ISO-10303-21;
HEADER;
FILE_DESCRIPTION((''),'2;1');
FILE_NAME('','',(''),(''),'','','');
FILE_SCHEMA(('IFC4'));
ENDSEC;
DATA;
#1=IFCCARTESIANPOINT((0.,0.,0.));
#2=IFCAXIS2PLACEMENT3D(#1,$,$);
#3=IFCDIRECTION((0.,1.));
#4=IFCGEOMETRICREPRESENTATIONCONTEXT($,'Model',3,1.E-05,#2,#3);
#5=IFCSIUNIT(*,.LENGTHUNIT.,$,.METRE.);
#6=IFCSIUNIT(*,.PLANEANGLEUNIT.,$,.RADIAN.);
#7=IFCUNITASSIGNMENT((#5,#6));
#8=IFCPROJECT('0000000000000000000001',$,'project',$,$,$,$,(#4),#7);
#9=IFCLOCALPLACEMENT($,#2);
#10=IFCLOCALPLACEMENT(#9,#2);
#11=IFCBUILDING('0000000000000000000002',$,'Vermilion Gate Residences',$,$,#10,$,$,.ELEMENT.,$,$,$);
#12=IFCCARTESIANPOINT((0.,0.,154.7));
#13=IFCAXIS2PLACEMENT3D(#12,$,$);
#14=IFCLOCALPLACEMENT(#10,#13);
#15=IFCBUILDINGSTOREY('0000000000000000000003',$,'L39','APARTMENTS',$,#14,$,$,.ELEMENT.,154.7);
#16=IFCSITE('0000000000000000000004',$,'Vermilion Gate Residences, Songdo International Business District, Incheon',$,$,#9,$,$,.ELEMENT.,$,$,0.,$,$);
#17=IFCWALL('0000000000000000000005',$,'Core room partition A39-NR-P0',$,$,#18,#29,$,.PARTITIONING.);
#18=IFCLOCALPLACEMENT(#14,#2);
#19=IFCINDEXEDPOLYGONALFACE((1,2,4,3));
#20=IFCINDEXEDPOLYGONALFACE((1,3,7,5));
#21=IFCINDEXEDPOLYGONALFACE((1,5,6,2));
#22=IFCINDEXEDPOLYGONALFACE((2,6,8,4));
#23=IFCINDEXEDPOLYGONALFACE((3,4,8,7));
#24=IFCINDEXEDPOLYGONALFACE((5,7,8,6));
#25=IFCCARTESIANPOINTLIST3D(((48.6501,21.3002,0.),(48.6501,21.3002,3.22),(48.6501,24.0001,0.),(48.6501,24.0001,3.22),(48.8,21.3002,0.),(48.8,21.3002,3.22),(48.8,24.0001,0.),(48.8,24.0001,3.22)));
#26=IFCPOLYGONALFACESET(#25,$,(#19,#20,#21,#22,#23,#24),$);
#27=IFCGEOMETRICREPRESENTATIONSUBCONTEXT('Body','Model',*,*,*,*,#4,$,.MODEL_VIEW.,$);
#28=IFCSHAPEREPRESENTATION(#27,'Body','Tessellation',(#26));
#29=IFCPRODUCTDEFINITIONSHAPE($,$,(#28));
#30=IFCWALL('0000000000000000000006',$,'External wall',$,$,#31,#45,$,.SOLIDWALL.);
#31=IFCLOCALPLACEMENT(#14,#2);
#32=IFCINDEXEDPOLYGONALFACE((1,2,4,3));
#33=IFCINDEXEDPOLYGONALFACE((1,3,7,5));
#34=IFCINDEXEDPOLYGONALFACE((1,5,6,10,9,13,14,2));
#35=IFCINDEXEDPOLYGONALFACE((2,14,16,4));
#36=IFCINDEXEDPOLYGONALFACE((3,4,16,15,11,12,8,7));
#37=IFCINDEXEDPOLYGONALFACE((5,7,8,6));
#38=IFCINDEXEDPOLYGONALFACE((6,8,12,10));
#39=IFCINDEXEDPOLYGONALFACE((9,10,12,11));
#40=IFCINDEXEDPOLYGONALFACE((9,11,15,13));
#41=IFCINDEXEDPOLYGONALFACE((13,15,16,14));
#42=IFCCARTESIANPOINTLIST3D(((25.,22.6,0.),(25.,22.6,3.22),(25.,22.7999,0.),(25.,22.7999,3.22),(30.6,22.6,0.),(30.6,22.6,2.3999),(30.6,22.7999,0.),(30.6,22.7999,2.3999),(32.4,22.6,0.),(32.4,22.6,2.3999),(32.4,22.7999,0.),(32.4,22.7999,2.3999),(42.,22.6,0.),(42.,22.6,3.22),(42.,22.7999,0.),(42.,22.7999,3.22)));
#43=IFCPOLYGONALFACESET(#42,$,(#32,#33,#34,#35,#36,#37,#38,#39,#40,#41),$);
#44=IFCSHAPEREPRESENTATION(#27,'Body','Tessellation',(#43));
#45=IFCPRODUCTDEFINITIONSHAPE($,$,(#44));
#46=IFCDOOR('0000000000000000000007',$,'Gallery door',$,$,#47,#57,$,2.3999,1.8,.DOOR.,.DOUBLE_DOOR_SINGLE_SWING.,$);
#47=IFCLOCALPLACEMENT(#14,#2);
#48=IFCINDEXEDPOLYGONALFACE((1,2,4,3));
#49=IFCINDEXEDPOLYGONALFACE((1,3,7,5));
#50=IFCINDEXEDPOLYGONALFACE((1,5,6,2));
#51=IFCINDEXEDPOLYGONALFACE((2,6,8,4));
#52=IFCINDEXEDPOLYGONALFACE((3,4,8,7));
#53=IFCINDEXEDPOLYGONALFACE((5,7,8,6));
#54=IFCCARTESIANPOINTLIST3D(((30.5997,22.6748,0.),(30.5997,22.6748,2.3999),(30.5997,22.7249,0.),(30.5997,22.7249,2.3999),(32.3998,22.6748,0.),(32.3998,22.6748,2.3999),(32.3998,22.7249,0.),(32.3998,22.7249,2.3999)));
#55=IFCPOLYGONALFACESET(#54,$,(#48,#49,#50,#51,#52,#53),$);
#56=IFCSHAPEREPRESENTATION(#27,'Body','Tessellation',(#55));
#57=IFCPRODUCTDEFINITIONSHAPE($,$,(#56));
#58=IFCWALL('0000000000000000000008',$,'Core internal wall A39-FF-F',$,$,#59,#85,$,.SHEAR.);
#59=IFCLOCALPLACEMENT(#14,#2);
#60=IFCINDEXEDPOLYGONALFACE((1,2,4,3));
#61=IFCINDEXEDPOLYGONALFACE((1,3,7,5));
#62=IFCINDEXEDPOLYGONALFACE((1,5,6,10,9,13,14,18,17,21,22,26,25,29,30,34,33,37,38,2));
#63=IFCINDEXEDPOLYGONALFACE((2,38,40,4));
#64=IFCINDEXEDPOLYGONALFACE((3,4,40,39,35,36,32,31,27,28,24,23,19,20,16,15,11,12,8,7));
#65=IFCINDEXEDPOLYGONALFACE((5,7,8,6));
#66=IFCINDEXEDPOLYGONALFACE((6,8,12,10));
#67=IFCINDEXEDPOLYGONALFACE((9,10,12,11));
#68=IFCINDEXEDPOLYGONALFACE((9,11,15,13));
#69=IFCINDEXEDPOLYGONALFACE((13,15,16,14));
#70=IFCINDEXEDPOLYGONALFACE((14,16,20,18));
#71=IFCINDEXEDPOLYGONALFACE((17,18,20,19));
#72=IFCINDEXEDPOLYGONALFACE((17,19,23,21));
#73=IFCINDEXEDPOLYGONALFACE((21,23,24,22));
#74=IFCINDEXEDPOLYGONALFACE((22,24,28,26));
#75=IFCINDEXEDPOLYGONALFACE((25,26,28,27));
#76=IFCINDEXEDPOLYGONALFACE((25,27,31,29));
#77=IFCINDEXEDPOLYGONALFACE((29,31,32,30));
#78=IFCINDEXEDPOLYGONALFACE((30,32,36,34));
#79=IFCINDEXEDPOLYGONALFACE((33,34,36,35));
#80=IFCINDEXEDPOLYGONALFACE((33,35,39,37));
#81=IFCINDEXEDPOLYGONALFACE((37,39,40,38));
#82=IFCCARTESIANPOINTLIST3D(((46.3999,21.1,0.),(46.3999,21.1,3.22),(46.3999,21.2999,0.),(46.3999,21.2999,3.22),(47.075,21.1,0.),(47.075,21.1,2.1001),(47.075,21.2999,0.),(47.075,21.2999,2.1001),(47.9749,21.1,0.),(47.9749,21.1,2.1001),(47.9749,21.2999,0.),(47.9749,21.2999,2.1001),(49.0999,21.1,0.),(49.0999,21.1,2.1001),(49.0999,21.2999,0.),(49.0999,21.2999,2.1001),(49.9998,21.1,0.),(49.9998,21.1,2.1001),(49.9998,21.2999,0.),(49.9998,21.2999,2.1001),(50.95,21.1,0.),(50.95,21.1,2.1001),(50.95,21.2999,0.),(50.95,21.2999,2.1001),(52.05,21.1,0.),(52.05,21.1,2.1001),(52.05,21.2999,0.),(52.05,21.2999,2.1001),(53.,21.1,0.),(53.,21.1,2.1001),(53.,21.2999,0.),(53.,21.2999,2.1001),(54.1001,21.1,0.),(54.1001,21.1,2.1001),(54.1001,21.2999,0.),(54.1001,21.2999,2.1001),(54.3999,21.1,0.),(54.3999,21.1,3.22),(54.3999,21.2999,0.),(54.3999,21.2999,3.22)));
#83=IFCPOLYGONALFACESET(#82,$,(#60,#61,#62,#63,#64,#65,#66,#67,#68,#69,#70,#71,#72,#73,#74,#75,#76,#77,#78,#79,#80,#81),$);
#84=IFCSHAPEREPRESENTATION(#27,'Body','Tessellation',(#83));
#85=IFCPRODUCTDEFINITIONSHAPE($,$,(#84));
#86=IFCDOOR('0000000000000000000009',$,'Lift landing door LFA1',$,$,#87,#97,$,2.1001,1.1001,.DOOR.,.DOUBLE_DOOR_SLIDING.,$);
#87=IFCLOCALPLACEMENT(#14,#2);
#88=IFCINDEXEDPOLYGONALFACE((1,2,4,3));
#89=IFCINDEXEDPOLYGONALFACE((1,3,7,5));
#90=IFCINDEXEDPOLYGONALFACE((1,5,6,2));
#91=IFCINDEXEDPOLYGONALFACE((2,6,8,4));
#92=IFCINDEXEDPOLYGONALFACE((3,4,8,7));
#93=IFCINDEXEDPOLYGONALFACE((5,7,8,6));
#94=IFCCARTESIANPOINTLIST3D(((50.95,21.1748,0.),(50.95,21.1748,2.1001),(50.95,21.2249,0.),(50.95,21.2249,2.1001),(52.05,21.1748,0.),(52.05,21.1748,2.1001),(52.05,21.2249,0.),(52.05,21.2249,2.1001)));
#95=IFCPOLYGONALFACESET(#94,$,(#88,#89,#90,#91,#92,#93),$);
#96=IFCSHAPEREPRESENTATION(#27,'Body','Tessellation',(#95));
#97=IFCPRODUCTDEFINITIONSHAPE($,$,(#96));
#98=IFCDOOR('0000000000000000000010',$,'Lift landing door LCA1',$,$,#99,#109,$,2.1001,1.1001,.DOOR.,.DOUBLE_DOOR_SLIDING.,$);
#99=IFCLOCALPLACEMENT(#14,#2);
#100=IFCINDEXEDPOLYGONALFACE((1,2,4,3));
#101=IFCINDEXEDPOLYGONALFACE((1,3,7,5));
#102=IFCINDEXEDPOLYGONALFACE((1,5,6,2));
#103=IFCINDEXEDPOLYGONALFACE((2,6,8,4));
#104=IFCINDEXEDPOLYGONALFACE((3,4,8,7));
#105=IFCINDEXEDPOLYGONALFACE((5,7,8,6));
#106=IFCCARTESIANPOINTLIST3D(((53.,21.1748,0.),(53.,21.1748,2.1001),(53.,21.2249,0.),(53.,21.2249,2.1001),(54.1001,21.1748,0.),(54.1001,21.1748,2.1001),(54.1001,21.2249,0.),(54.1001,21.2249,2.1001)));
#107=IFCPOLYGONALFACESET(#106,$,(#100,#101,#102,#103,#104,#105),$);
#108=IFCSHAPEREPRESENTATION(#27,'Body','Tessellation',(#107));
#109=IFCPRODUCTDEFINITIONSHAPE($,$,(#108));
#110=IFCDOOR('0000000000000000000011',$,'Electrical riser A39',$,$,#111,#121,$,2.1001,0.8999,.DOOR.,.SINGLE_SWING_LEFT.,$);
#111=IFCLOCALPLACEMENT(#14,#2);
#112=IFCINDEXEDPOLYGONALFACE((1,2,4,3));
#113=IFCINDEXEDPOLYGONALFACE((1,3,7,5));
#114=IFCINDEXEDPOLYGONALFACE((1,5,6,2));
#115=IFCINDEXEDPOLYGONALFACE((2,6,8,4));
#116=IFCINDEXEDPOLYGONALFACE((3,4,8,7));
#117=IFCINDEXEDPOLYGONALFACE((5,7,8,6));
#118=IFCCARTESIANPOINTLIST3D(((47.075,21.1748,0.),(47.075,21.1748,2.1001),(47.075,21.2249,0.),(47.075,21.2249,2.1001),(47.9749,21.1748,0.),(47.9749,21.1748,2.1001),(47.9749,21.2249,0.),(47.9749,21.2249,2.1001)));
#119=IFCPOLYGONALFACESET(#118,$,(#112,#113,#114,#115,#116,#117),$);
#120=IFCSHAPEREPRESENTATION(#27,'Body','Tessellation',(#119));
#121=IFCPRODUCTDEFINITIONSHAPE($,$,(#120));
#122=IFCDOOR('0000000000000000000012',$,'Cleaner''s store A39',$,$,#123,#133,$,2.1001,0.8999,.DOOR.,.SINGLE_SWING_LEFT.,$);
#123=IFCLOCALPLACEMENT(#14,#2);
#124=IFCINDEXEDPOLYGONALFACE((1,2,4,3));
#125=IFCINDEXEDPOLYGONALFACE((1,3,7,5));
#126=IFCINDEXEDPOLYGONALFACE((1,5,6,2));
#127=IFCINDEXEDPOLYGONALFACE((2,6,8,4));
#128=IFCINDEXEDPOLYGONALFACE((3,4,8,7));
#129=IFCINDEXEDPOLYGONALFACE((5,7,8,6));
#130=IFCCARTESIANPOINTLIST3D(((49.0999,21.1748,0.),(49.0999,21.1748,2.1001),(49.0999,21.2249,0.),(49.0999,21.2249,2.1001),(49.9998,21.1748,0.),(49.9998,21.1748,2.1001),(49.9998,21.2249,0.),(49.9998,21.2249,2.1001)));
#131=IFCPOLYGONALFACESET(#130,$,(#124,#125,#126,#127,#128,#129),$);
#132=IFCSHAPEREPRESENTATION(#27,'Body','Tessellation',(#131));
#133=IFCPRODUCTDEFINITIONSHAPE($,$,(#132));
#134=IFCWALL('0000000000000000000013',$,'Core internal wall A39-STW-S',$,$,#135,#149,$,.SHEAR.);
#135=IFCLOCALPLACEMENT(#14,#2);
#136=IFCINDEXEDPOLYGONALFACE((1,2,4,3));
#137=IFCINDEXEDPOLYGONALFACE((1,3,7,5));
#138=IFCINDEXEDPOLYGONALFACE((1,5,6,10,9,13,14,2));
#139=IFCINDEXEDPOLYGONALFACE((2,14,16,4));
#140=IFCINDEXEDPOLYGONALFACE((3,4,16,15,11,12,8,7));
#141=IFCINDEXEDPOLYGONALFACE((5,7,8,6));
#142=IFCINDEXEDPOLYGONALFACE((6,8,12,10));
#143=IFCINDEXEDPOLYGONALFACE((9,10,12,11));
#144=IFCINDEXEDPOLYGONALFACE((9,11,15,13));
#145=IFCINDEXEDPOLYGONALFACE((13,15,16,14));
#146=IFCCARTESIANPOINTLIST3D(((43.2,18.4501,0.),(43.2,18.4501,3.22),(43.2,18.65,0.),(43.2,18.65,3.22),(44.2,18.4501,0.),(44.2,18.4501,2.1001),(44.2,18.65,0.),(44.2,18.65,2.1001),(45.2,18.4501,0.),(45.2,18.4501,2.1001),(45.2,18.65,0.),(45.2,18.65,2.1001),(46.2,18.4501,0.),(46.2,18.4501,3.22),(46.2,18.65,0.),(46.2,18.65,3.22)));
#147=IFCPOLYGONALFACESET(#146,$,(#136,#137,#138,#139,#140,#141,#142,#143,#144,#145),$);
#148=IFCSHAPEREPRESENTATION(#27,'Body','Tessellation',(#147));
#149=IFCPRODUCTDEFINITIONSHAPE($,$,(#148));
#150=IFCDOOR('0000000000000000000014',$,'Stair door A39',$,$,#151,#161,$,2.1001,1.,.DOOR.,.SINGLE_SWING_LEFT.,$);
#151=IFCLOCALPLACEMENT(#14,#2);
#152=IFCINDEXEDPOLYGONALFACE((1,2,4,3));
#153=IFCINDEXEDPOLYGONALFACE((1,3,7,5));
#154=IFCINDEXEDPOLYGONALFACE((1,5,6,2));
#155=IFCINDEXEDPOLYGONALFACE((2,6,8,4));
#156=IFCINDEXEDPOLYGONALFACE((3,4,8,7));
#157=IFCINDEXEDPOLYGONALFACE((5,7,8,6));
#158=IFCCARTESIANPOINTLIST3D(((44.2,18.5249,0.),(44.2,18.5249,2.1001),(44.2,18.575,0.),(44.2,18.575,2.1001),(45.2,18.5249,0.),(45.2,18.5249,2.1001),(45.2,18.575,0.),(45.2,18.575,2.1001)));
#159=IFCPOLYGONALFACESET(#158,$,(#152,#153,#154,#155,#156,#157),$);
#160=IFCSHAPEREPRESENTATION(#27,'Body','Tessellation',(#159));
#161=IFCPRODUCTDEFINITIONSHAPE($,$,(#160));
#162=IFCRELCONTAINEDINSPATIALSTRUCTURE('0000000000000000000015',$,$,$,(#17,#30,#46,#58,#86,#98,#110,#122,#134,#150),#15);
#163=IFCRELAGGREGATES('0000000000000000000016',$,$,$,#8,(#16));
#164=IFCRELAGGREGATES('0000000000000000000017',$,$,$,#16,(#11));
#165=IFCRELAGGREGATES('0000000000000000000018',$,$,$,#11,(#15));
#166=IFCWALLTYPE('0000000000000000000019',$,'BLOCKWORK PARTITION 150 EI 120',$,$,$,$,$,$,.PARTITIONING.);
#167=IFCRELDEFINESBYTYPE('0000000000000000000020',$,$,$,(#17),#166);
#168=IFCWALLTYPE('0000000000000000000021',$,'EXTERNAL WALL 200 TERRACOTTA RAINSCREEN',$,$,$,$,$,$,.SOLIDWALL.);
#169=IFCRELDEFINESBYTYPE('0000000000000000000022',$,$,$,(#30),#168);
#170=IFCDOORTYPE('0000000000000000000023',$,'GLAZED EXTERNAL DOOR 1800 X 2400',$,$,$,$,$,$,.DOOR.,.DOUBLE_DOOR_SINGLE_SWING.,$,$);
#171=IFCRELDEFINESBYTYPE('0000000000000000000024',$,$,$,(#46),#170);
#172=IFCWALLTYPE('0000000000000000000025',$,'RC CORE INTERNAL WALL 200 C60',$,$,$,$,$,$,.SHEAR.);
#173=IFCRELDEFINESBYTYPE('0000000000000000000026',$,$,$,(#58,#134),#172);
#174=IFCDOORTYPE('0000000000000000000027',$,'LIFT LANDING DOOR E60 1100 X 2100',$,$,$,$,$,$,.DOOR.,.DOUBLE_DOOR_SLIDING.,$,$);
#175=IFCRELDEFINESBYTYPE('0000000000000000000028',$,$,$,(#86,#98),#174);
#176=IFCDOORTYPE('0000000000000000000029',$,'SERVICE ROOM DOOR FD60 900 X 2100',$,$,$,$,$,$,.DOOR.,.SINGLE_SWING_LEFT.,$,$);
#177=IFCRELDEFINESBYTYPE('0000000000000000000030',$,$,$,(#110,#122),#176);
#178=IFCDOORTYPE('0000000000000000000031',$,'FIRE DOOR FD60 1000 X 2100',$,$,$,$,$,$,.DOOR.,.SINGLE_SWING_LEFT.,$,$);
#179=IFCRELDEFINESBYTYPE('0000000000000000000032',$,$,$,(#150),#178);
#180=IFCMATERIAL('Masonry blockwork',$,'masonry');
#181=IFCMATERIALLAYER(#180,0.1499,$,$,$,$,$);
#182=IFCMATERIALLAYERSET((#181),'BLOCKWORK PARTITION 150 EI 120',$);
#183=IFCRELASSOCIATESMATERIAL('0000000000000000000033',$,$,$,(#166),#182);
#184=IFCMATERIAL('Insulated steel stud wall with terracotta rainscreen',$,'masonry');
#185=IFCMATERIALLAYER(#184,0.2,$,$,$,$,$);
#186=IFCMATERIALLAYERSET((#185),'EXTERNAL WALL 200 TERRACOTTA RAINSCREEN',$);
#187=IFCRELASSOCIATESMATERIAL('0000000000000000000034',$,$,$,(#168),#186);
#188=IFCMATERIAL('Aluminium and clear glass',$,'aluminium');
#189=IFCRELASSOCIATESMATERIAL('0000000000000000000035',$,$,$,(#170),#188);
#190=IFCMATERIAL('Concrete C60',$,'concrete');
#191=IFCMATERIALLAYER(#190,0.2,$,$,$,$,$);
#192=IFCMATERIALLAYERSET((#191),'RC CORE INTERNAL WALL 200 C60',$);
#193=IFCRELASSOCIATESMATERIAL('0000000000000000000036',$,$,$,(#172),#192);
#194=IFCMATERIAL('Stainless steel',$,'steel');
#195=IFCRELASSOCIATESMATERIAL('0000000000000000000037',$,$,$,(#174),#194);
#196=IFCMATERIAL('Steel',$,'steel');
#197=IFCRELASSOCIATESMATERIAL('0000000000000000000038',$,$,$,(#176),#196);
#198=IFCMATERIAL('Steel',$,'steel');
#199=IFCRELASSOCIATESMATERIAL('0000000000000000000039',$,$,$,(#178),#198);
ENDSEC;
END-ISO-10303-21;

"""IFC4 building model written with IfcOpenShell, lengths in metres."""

from ifc_helpers import new_model, si_unit, direction, frame, frame_2d, origin, place, context, subcontext, project, spatial, rectangle, extrude, material, layer, layer_set, type_object, element, fill, save


model = new_model("IFC4")

# Units and contexts
model_context = context("Model", 3, precision=1e-05, world=origin(), true_north=direction((0.0, 1.0)))
body_context = subcontext(model_context, "Body", "Model", "MODEL_VIEW")
ifc_project = project(units=[si_unit("LENGTHUNIT", "METRE"), si_unit("PLANEANGLEUNIT", "RADIAN")], contexts=[model_context])

# Site, building, storey
site_placement = place(None, origin())
site = spatial("IfcSite", under=ifc_project, at=site_placement, Name="Vermilion Gate Residences, Songdo International Business District, Incheon", CompositionType="ELEMENT", RefElevation=0.0)
building_placement = place(site_placement, origin())
building = spatial("IfcBuilding", under=site, at=building_placement, Name="Vermilion Gate Residences", CompositionType="ELEMENT")
storey_placement = place(building_placement, frame((0.0, 0.0, 154.7)))
storey = spatial("IfcBuildingStorey", under=building, at=storey_placement, Name="L39", Description="APARTMENTS", CompositionType="ELEMENT", Elevation=154.7)

# Wall
ifc_material_1 = material(Name="Masonry blockwork", Category="masonry")
ifc_layer_1 = layer(ifc_material_1, 0.1499)
ifc_layer_set_1 = layer_set([ifc_layer_1], Name="BLOCKWORK PARTITION 150 EI 120")
wall_type_1 = type_object("IfcWallType", Name="BLOCKWORK PARTITION 150 EI 120", PredefinedType="PARTITIONING", material=ifc_layer_set_1)
wall_1_placement = place(storey_placement, frame((48.7251, 21.3, 0.0), z_axis=(0.0, 0.0, 1.0), x_axis=(0.0, 1.0, 0.0)))
element("IfcWall", 1, at=wall_1_placement, inside=storey, type_object=wall_type_1, Name="Core room partition A39-NR-P0", PredefinedType="PARTITIONING", context=body_context, shape_type="SweptSolid", body=[
    extrude(rectangle(XDim=2.7, YDim=0.1499, at=frame_2d((1.3501, 0.0))), origin(), (0.0, 0.0, 1.0), 3.22),
])

# Wall, opening, door
ifc_material_2 = material(Name="Insulated steel stud wall with terracotta rainscreen", Category="masonry")
ifc_layer_2 = layer(ifc_material_2, 0.2)
ifc_layer_set_2 = layer_set([ifc_layer_2], Name="EXTERNAL WALL 200 TERRACOTTA RAINSCREEN")
wall_type_2 = type_object("IfcWallType", Name="EXTERNAL WALL 200 TERRACOTTA RAINSCREEN", PredefinedType="SOLIDWALL", material=ifc_layer_set_2)
wall_2_placement = place(storey_placement, frame((42.0, 22.7, 0.0), z_axis=(0.0, 0.0, 1.0), x_axis=(-1.0, 0.0, 0.0)))
wall_2 = element("IfcWall", 2, at=wall_2_placement, inside=storey, type_object=wall_type_2, Name="External wall", PredefinedType="SOLIDWALL", context=body_context, shape_type="SweptSolid", body=[
    extrude(rectangle(XDim=17.0, YDim=0.2, at=frame_2d((8.5, 0.0))), origin(), (0.0, 0.0, 1.0), 3.22),
])
opening_1_placement = place(wall_2_placement, frame((9.6001, 0.0, 0.0)))
opening_1 = element("IfcOpeningElement", 3, at=opening_1_placement, cuts=wall_2, PredefinedType="OPENING", context=body_context, shape_type="SweptSolid", body=[
    extrude(rectangle(XDim=1.8, YDim=2.3999, at=frame_2d((0.8999, 1.2))), frame((0.0, 0.1099, 0.0), z_axis=(0.0, -1.0, 0.0), x_axis=(1.0, 0.0, 0.0)), (0.0, 0.0, 1.0), 0.22),
])
ifc_material_3 = material(Name="Aluminium and clear glass", Category="aluminium")
door_type_1 = type_object("IfcDoorType", Name="GLAZED EXTERNAL DOOR 1800 X 2400", OperationType="DOUBLE_DOOR_SINGLE_SWING", PredefinedType="DOOR", material=ifc_material_3)
door_1_placement = place(opening_1_placement, frame((1.8, 0.0, 0.0), z_axis=(0.0, 0.0, 1.0), x_axis=(-1.0, 0.0, 0.0)))
door_1 = element("IfcDoor", 4, at=door_1_placement, inside=storey, type_object=door_type_1, Name="Gallery door", OperationType="DOUBLE_DOOR_SINGLE_SWING", OverallHeight=2.3999, OverallWidth=1.8, PredefinedType="DOOR", context=body_context, shape_type="SweptSolid", body=[
    extrude(rectangle(XDim=1.8, YDim=2.3999, at=frame_2d((0.8999, 1.2))), frame((0.0, 0.0249, 0.0), z_axis=(0.0, -1.0, 0.0), x_axis=(1.0, 0.0, 0.0)), (0.0, 0.0, 1.0), 0.05),
])
fill(opening_1, door_1)

# Wall, openings, doors
ifc_material_4 = material(Name="Concrete C60", Category="concrete")
ifc_layer_3 = layer(ifc_material_4, 0.2)
ifc_layer_set_3 = layer_set([ifc_layer_3], Name="RC CORE INTERNAL WALL 200 C60")
wall_type_3 = type_object("IfcWallType", Name="RC CORE INTERNAL WALL 200 C60", PredefinedType="SHEAR", material=ifc_layer_set_3)
wall_3_placement = place(storey_placement, frame((46.3999, 21.2, 0.0), z_axis=(0.0, 0.0, 1.0), x_axis=(1.0, 0.0, 0.0)))
wall_3 = element("IfcWall", 5, at=wall_3_placement, inside=storey, type_object=wall_type_3, Name="Core internal wall A39-FF-F", PredefinedType="SHEAR", context=body_context, shape_type="SweptSolid", body=[
    extrude(rectangle(XDim=8.0, YDim=0.2, at=frame_2d((4.0, 0.0))), origin(), (0.0, 0.0, 1.0), 3.22),
])
opening_2_placement = place(wall_3_placement, frame((0.675, 0.0, 0.0)))
opening_2 = element("IfcOpeningElement", 6, at=opening_2_placement, cuts=wall_3, PredefinedType="OPENING", context=body_context, shape_type="SweptSolid", body=[
    extrude(rectangle(XDim=0.8999, YDim=2.1001, at=frame_2d((0.45, 1.05))), frame((0.0, 0.1099, 0.0), z_axis=(0.0, -1.0, 0.0), x_axis=(1.0, 0.0, 0.0)), (0.0, 0.0, 1.0), 0.22),
])
opening_3_placement = place(wall_3_placement, frame((2.7, 0.0, 0.0)))
opening_3 = element("IfcOpeningElement", 7, at=opening_3_placement, cuts=wall_3, PredefinedType="OPENING", context=body_context, shape_type="SweptSolid", body=[
    extrude(rectangle(XDim=0.8999, YDim=2.1001, at=frame_2d((0.45, 1.05))), frame((0.0, 0.1099, 0.0), z_axis=(0.0, -1.0, 0.0), x_axis=(1.0, 0.0, 0.0)), (0.0, 0.0, 1.0), 0.22),
])
opening_4_placement = place(wall_3_placement, frame((4.55, 0.0, 0.0)))
opening_4 = element("IfcOpeningElement", 8, at=opening_4_placement, cuts=wall_3, PredefinedType="OPENING", context=body_context, shape_type="SweptSolid", body=[
    extrude(rectangle(XDim=1.1001, YDim=2.1001, at=frame_2d((0.55, 1.05))), frame((0.0, 0.1099, 0.0), z_axis=(0.0, -1.0, 0.0), x_axis=(1.0, 0.0, 0.0)), (0.0, 0.0, 1.0), 0.22),
])
opening_5_placement = place(wall_3_placement, frame((6.6001, 0.0, 0.0)))
opening_5 = element("IfcOpeningElement", 9, at=opening_5_placement, cuts=wall_3, PredefinedType="OPENING", context=body_context, shape_type="SweptSolid", body=[
    extrude(rectangle(XDim=1.1001, YDim=2.1001, at=frame_2d((0.55, 1.05))), frame((0.0, 0.1099, 0.0), z_axis=(0.0, -1.0, 0.0), x_axis=(1.0, 0.0, 0.0)), (0.0, 0.0, 1.0), 0.22),
])
ifc_material_5 = material(Name="Stainless steel", Category="steel")
door_type_2 = type_object("IfcDoorType", Name="LIFT LANDING DOOR E60 1100 X 2100", OperationType="DOUBLE_DOOR_SLIDING", PredefinedType="DOOR", material=ifc_material_5)
door_2_placement = place(opening_4_placement, origin())
door_2 = element("IfcDoor", 10, at=door_2_placement, inside=storey, type_object=door_type_2, Name="Lift landing door LFA1", OperationType="DOUBLE_DOOR_SLIDING", OverallHeight=2.1001, OverallWidth=1.1001, PredefinedType="DOOR", context=body_context, shape_type="SweptSolid", body=[
    extrude(rectangle(XDim=1.1001, YDim=2.1001, at=frame_2d((0.55, 1.05))), frame((0.0, 0.0249, 0.0), z_axis=(0.0, -1.0, 0.0), x_axis=(1.0, 0.0, 0.0)), (0.0, 0.0, 1.0), 0.05),
])
fill(opening_4, door_2)
door_3_placement = place(opening_5_placement, origin())
door_3 = element("IfcDoor", 11, at=door_3_placement, inside=storey, type_object=door_type_2, Name="Lift landing door LCA1", OperationType="DOUBLE_DOOR_SLIDING", OverallHeight=2.1001, OverallWidth=1.1001, PredefinedType="DOOR", context=body_context, shape_type="SweptSolid", body=[
    extrude(rectangle(XDim=1.1001, YDim=2.1001, at=frame_2d((0.55, 1.05))), frame((0.0, 0.0249, 0.0), z_axis=(0.0, -1.0, 0.0), x_axis=(1.0, 0.0, 0.0)), (0.0, 0.0, 1.0), 0.05),
])
fill(opening_5, door_3)
ifc_material_6 = material(Name="Steel", Category="steel")
door_type_3 = type_object("IfcDoorType", Name="SERVICE ROOM DOOR FD60 900 X 2100", OperationType="SINGLE_SWING_LEFT", PredefinedType="DOOR", material=ifc_material_6)
door_4_placement = place(opening_2_placement, origin())
door_4 = element("IfcDoor", 12, at=door_4_placement, inside=storey, type_object=door_type_3, Name="Electrical riser A39", OperationType="SINGLE_SWING_LEFT", OverallHeight=2.1001, OverallWidth=0.8999, PredefinedType="DOOR", context=body_context, shape_type="SweptSolid", body=[
    extrude(rectangle(XDim=0.8999, YDim=2.1001, at=frame_2d((0.45, 1.05))), frame((0.0, 0.0249, 0.0), z_axis=(0.0, -1.0, 0.0), x_axis=(1.0, 0.0, 0.0)), (0.0, 0.0, 1.0), 0.05),
])
fill(opening_2, door_4)
door_5_placement = place(opening_3_placement, origin())
door_5 = element("IfcDoor", 13, at=door_5_placement, inside=storey, type_object=door_type_3, Name="Cleaner's store A39", OperationType="SINGLE_SWING_LEFT", OverallHeight=2.1001, OverallWidth=0.8999, PredefinedType="DOOR", context=body_context, shape_type="SweptSolid", body=[
    extrude(rectangle(XDim=0.8999, YDim=2.1001, at=frame_2d((0.45, 1.05))), frame((0.0, 0.0249, 0.0), z_axis=(0.0, -1.0, 0.0), x_axis=(1.0, 0.0, 0.0)), (0.0, 0.0, 1.0), 0.05),
])
fill(opening_3, door_5)

# Wall, opening, door
wall_4_placement = place(storey_placement, frame((43.2, 18.55, 0.0), z_axis=(0.0, 0.0, 1.0), x_axis=(1.0, 0.0, 0.0)))
wall_4 = element("IfcWall", 14, at=wall_4_placement, inside=storey, type_object=wall_type_3, Name="Core internal wall A39-STW-S", PredefinedType="SHEAR", context=body_context, shape_type="SweptSolid", body=[
    extrude(rectangle(XDim=3.0, YDim=0.2, at=frame_2d((1.5, 0.0))), origin(), (0.0, 0.0, 1.0), 3.22),
])
opening_6_placement = place(wall_4_placement, frame((1.0, 0.0, 0.0)))
opening_6 = element("IfcOpeningElement", 15, at=opening_6_placement, cuts=wall_4, PredefinedType="OPENING", context=body_context, shape_type="SweptSolid", body=[
    extrude(rectangle(XDim=1.0, YDim=2.1001, at=frame_2d((0.5, 1.05))), frame((0.0, 0.1099, 0.0), z_axis=(0.0, -1.0, 0.0), x_axis=(1.0, 0.0, 0.0)), (0.0, 0.0, 1.0), 0.22),
])
ifc_material_7 = material(Name="Steel", Category="steel")
door_type_4 = type_object("IfcDoorType", Name="FIRE DOOR FD60 1000 X 2100", OperationType="SINGLE_SWING_LEFT", PredefinedType="DOOR", material=ifc_material_7)
door_6_placement = place(opening_6_placement, origin())
door_6 = element("IfcDoor", 16, at=door_6_placement, inside=storey, type_object=door_type_4, Name="Stair door A39", OperationType="SINGLE_SWING_LEFT", OverallHeight=2.1001, OverallWidth=1.0, PredefinedType="DOOR", context=body_context, shape_type="SweptSolid", body=[
    extrude(rectangle(XDim=1.0, YDim=2.1001, at=frame_2d((0.5, 1.05))), frame((0.0, 0.0249, 0.0), z_axis=(0.0, -1.0, 0.0), x_axis=(1.0, 0.0, 0.0)), (0.0, 0.0, 1.0), 0.05),
])
fill(opening_6, door_6)

save(model, "model.ifc")
